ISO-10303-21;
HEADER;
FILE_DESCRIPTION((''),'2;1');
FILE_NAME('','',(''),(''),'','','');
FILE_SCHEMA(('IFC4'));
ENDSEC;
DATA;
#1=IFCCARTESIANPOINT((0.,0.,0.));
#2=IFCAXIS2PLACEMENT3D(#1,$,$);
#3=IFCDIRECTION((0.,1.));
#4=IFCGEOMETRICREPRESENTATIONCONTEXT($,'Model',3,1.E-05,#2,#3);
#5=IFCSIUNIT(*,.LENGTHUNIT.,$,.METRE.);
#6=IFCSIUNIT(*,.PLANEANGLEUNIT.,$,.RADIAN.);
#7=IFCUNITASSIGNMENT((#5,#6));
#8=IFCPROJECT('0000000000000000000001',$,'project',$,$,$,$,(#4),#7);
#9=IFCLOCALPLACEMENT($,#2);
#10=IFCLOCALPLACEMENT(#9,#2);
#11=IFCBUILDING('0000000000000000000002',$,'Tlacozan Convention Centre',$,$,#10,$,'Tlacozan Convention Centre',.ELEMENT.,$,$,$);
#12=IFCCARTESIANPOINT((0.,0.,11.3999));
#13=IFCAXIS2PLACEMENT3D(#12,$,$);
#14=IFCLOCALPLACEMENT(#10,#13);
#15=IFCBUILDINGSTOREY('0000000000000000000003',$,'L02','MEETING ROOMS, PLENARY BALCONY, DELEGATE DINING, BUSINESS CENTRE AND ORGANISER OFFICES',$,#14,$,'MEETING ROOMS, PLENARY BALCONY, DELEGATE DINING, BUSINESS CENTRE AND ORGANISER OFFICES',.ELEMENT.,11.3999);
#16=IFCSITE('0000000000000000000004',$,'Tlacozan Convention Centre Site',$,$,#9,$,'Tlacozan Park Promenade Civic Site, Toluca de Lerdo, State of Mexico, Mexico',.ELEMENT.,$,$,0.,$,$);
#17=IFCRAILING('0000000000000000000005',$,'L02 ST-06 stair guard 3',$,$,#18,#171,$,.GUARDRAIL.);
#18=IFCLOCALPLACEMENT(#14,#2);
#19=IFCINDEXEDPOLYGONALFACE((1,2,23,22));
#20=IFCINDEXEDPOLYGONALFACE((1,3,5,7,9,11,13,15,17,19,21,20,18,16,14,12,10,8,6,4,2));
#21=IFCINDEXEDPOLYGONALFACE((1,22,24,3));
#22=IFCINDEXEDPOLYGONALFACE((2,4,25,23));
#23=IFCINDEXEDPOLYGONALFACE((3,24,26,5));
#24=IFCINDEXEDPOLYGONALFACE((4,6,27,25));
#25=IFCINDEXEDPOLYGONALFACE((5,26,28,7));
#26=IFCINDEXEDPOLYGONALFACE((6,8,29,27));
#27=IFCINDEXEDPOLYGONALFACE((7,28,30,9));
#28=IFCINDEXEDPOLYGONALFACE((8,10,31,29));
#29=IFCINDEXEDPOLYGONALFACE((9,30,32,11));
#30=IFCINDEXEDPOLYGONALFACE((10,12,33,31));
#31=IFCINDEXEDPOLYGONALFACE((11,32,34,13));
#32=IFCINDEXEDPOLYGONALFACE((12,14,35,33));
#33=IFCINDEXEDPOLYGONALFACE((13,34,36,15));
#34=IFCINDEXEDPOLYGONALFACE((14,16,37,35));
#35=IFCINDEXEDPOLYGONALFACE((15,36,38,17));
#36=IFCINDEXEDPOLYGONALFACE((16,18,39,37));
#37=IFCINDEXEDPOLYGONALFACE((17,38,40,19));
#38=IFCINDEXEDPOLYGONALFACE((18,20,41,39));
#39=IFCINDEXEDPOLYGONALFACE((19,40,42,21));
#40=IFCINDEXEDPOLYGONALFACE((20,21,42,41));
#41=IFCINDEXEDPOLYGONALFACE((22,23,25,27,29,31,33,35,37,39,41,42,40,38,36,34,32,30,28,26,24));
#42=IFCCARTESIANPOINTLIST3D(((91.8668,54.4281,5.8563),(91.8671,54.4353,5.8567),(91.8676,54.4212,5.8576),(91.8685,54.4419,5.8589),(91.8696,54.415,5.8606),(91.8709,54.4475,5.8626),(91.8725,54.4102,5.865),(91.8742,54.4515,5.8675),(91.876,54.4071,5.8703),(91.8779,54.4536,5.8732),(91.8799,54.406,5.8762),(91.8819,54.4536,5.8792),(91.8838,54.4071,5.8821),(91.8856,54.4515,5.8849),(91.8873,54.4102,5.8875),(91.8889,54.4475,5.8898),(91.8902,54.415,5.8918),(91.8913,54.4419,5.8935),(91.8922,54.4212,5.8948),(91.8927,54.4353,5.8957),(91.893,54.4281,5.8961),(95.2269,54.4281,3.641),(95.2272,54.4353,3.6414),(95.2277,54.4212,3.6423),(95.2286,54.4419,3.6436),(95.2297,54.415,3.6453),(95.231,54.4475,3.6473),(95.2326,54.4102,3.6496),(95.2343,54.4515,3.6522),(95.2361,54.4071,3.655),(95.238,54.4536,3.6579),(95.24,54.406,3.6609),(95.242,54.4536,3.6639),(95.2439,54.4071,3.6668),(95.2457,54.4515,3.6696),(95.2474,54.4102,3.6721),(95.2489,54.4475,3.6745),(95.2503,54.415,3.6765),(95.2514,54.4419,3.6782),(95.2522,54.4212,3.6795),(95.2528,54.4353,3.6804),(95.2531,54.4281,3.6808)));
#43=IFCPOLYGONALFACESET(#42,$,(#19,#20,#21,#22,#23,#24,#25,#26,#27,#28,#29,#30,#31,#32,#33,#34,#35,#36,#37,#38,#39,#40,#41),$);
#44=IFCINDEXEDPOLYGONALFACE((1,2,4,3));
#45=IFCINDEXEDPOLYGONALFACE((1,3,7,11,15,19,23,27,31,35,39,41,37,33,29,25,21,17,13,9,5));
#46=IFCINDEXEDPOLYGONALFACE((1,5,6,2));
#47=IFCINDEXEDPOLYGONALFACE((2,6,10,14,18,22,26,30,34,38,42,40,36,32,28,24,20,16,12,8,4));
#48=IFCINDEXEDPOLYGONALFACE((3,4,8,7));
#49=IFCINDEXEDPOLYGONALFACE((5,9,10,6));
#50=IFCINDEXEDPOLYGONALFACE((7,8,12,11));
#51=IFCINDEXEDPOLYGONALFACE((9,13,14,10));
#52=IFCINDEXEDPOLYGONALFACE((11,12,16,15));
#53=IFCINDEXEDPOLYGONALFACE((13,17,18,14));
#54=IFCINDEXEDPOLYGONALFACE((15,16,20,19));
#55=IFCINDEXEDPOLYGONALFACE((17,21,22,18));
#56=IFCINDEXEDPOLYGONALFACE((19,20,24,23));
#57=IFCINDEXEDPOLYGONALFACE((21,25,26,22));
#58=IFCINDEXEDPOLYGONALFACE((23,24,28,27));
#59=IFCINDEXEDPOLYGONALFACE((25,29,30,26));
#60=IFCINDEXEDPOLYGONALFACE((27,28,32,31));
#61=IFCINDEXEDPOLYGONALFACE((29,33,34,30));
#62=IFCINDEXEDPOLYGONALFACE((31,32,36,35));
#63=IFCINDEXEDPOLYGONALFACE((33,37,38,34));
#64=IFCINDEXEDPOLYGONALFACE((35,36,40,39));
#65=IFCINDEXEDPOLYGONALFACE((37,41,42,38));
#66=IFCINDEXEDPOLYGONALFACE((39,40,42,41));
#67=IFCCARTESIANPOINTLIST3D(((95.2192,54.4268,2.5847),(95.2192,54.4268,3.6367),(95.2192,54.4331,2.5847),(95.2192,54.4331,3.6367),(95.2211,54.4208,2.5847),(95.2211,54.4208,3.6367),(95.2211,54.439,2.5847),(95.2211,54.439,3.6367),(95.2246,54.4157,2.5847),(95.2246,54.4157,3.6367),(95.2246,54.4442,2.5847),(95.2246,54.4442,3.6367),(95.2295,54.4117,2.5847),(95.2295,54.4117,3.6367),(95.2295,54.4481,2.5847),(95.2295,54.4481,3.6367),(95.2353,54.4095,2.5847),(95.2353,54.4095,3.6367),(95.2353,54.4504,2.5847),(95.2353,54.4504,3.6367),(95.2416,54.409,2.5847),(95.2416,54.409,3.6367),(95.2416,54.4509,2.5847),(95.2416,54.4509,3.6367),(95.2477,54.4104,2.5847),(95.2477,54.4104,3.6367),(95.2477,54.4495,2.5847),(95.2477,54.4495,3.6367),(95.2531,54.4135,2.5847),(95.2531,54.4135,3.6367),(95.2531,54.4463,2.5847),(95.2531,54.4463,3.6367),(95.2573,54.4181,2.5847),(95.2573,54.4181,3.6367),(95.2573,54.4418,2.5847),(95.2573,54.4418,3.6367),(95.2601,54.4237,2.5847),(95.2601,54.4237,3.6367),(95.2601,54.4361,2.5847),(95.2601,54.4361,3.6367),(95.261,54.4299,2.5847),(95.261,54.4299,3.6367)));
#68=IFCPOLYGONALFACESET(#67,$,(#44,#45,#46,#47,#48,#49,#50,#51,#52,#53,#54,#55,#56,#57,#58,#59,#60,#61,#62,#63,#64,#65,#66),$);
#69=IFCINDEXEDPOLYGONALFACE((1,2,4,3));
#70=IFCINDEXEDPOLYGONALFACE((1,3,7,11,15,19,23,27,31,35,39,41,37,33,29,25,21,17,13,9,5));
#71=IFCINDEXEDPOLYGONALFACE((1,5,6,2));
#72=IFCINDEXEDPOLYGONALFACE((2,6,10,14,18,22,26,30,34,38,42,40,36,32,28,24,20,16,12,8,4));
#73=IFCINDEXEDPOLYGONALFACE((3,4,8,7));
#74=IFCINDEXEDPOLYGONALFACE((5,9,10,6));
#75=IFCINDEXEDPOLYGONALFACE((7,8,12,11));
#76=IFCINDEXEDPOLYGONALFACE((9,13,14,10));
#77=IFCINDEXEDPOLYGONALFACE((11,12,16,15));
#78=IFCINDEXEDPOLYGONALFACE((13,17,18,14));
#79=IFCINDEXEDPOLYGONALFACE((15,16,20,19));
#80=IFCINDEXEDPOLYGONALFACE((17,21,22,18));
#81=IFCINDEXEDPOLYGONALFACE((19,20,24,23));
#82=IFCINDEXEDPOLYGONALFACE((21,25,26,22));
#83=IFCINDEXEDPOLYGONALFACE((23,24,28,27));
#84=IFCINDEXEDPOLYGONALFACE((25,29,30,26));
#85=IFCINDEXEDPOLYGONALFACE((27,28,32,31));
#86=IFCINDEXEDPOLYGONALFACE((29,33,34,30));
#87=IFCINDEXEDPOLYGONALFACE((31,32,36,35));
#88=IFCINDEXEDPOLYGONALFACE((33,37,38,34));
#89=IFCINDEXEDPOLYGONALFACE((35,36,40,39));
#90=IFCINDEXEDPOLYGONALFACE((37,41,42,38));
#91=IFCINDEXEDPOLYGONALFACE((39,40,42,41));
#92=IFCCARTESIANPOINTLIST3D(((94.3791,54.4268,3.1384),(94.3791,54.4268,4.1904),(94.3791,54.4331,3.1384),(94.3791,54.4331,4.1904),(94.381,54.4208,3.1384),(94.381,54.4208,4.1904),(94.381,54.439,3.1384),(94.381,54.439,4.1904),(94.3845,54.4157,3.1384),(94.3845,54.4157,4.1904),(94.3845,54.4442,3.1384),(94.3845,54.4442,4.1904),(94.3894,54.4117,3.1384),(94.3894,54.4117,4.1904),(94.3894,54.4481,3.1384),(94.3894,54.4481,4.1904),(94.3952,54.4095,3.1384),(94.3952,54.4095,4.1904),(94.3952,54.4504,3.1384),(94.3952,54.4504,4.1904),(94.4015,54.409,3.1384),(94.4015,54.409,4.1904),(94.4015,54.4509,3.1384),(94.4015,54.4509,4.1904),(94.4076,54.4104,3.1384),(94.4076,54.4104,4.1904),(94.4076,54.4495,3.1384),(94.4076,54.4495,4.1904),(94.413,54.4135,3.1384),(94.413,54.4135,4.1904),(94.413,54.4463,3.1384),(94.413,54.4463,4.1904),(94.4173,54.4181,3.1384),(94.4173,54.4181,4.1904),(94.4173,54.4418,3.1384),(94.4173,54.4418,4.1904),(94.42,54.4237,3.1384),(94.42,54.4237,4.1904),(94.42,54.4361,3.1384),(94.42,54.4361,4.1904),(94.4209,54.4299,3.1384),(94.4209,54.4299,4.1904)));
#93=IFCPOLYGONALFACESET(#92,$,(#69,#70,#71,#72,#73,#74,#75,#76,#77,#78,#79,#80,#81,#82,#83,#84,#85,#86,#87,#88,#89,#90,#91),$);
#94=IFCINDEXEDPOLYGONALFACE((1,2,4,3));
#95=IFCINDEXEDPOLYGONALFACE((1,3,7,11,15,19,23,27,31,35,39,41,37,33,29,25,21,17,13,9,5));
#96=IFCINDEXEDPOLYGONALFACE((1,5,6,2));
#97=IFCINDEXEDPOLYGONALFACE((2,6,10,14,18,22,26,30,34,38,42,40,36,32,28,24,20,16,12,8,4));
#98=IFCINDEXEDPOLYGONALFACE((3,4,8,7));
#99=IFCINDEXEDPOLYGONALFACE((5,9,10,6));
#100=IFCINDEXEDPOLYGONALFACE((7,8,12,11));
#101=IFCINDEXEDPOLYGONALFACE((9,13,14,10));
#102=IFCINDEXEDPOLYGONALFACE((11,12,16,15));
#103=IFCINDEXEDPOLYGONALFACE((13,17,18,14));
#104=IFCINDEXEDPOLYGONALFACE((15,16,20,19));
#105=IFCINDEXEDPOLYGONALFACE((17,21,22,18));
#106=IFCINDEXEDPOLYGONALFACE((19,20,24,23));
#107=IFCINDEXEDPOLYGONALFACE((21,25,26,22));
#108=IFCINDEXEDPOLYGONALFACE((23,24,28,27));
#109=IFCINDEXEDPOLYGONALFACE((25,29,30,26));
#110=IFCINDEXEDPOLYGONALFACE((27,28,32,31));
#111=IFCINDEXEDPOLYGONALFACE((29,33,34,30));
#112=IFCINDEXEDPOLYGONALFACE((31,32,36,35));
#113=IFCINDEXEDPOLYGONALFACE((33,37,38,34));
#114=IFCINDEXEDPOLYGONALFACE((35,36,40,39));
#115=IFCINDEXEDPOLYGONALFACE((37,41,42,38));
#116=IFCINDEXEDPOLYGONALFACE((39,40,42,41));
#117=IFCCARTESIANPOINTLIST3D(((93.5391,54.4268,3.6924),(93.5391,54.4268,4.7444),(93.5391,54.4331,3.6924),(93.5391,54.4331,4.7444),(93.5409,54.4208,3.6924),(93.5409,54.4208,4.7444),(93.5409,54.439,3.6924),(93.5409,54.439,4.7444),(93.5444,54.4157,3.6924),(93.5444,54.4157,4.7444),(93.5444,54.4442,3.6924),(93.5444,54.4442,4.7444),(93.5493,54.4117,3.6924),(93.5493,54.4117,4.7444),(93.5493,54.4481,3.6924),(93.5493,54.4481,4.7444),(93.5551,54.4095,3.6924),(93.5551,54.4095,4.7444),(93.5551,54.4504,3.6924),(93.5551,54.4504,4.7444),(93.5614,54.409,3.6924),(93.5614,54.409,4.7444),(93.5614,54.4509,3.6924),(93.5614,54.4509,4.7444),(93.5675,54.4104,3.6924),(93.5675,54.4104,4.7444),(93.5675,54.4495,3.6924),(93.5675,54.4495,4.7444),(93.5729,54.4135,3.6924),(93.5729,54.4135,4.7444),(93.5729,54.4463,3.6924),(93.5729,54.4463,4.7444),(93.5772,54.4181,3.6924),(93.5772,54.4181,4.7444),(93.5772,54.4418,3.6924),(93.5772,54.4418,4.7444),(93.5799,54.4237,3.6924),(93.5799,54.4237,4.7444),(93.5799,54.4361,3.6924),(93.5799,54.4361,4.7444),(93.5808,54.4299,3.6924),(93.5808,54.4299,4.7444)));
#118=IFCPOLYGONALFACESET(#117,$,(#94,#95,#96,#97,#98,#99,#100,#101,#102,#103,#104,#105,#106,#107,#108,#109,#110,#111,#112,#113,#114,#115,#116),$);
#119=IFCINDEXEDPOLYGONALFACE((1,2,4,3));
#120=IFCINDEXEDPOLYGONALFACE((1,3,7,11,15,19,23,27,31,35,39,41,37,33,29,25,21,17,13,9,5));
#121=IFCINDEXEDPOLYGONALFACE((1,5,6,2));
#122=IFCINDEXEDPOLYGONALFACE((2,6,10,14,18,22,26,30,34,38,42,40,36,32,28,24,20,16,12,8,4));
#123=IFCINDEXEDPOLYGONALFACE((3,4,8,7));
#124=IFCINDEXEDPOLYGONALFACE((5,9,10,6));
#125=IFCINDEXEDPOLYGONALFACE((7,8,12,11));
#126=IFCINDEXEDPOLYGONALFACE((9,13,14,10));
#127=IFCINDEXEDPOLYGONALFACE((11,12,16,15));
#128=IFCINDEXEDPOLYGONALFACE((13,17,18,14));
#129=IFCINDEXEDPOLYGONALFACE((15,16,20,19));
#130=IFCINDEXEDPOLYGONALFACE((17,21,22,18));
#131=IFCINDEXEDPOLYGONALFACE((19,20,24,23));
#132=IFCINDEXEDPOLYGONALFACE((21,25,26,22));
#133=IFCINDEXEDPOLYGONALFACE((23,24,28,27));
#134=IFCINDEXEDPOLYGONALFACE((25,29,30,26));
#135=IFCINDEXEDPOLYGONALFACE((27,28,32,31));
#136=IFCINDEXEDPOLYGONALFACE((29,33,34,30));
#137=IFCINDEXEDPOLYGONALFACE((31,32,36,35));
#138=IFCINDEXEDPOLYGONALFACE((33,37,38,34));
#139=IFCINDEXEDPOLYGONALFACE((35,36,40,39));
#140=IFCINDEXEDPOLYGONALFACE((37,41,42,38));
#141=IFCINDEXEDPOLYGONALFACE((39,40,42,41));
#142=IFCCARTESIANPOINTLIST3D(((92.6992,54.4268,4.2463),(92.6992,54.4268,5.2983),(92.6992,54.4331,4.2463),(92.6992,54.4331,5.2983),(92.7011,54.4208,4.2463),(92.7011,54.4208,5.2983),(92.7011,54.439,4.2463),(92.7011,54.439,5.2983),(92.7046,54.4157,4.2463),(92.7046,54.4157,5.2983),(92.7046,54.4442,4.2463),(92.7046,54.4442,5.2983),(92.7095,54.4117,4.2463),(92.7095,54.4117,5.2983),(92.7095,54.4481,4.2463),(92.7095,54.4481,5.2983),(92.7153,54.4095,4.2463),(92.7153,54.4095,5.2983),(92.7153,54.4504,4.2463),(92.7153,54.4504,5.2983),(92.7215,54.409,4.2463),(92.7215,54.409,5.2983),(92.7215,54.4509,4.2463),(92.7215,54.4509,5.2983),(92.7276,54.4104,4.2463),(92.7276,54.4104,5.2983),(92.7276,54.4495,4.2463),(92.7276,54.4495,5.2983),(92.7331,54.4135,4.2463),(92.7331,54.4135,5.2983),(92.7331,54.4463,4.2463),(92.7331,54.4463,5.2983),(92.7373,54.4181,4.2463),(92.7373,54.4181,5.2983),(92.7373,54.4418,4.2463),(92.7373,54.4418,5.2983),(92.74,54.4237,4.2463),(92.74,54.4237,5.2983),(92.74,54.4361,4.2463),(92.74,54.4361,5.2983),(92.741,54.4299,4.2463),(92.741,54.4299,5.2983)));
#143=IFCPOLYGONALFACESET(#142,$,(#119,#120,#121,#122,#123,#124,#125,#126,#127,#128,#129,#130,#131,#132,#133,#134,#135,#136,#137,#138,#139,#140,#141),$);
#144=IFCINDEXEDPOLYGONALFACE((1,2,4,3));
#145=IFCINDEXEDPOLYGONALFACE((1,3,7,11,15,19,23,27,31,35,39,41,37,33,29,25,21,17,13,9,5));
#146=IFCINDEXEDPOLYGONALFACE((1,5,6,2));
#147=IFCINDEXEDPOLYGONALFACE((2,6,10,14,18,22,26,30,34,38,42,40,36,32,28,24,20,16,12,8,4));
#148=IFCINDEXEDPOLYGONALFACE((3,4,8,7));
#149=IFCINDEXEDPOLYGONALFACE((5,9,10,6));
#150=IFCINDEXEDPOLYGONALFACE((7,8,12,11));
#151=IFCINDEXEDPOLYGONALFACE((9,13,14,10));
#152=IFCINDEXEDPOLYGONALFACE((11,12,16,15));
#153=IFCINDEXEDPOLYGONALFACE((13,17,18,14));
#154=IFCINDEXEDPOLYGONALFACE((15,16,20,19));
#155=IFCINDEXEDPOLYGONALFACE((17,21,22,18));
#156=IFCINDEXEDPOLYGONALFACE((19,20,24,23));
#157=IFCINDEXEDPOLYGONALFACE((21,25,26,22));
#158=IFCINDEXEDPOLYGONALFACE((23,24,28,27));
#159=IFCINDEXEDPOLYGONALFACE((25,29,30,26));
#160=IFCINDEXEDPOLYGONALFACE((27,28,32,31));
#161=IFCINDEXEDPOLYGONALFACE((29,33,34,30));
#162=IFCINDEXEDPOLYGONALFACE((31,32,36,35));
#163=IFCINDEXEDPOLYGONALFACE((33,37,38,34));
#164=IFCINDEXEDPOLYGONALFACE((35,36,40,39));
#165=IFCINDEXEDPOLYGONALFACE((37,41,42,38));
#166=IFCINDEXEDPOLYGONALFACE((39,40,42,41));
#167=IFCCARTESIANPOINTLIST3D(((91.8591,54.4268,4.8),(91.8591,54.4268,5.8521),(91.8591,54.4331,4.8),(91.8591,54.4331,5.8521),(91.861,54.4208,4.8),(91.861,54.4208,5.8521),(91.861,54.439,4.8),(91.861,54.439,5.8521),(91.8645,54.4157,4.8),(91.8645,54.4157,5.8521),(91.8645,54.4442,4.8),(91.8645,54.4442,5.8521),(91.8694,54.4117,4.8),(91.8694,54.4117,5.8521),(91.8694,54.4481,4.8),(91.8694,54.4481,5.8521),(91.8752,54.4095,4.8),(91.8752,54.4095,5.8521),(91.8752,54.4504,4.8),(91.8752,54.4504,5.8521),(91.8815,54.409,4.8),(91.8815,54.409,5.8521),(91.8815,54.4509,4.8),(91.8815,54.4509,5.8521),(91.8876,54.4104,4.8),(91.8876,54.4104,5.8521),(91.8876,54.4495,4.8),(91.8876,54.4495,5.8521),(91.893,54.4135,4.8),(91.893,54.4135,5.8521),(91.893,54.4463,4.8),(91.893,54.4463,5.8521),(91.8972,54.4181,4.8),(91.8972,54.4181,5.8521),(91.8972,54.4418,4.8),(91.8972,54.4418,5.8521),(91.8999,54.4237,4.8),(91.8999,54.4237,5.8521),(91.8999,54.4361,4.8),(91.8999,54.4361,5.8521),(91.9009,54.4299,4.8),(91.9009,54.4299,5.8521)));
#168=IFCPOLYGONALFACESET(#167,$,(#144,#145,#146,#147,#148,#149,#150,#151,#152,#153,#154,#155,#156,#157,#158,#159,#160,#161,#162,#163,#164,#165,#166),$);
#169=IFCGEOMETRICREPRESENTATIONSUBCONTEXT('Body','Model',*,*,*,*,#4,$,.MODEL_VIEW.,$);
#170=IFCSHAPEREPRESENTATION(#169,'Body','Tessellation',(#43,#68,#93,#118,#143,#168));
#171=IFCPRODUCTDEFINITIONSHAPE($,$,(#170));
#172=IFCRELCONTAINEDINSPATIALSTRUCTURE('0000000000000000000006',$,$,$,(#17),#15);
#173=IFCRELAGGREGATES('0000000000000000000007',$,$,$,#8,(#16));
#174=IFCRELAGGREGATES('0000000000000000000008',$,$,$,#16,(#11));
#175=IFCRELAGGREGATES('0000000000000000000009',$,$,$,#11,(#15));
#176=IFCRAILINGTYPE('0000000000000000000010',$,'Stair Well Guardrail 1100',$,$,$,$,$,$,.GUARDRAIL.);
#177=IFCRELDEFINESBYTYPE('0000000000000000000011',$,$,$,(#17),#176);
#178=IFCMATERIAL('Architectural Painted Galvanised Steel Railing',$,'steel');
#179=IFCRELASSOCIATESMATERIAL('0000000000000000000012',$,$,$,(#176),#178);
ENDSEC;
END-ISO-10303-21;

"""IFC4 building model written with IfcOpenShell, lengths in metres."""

from ifc_helpers import new_model, si_unit, direction, frame, origin, origin_2d, place, context, subcontext, project, spatial, circle, extrude, material, type_object, element, save


model = new_model("IFC4")

# Units and contexts
model_context = context("Model", 3, precision=1e-05, world=origin(), true_north=direction((0.0, 1.0)))
body_context = subcontext(model_context, "Body", "Model", "MODEL_VIEW")
ifc_project = project(units=[si_unit("LENGTHUNIT", "METRE"), si_unit("PLANEANGLEUNIT", "RADIAN")], contexts=[model_context])

# Site, building, storey
site_placement = place(None, origin())
site = spatial("IfcSite", under=ifc_project, at=site_placement, Name="Tlacozan Convention Centre Site", LongName="Tlacozan Park Promenade Civic Site, Toluca de Lerdo, State of Mexico, Mexico", CompositionType="ELEMENT", RefElevation=0.0)
building_placement = place(site_placement, origin())
building = spatial("IfcBuilding", under=site, at=building_placement, Name="Tlacozan Convention Centre", LongName="Tlacozan Convention Centre", CompositionType="ELEMENT")
storey_placement = place(building_placement, frame((0.0, 0.0, 11.3999)))
storey = spatial("IfcBuildingStorey", under=building, at=storey_placement, Name="L02", Description="MEETING ROOMS, PLENARY BALCONY, DELEGATE DINING, BUSINESS CENTRE AND ORGANISER OFFICES", LongName="MEETING ROOMS, PLENARY BALCONY, DELEGATE DINING, BUSINESS CENTRE AND ORGANISER OFFICES", CompositionType="ELEMENT", Elevation=11.3999)

# Railing
ifc_material_1 = material(Name="Architectural Painted Galvanised Steel Railing", Category="steel")
railing_type_1 = type_object("IfcRailingType", Name="Stair Well Guardrail 1100", PredefinedType="GUARDRAIL", material=ifc_material_1)
railing_1_placement = place(storey_placement, frame((95.24, 54.4299, 2.5847)))
element("IfcRailing", 1, at=railing_1_placement, inside=storey, type_object=railing_type_1, Name="L02 ST-06 stair guard 3", PredefinedType="GUARDRAIL", context=body_context, shape_type="SweptSolid", body=[
    extrude(circle(Radius=0.0239, at=origin_2d()), frame((0.0, 0.0, 1.0762), z_axis=(-0.834876, 0.0, 0.550437), x_axis=(0.0, -1.0, 0.0)), (0.0, 0.0, 1.0), 4.0247),
    extrude(circle(Radius=0.021, at=origin_2d()), origin(), (0.0, 0.0, 1.0), 1.052),
    extrude(circle(Radius=0.021, at=origin_2d()), frame((-0.8401, 0.0, 0.5537)), (0.0, 0.0, 1.0), 1.052),
    extrude(circle(Radius=0.021, at=origin_2d()), frame((-1.6802, 0.0, 1.1077)), (0.0, 0.0, 1.0), 1.052),
    extrude(circle(Radius=0.021, at=origin_2d()), frame((-2.52, 0.0, 1.6616)), (0.0, 0.0, 1.0), 1.052),
    extrude(circle(Radius=0.021, at=origin_2d()), frame((-3.3601, 0.0, 2.2153)), (0.0, 0.0, 1.0), 1.052),
])

save(model, "model.ifc")
